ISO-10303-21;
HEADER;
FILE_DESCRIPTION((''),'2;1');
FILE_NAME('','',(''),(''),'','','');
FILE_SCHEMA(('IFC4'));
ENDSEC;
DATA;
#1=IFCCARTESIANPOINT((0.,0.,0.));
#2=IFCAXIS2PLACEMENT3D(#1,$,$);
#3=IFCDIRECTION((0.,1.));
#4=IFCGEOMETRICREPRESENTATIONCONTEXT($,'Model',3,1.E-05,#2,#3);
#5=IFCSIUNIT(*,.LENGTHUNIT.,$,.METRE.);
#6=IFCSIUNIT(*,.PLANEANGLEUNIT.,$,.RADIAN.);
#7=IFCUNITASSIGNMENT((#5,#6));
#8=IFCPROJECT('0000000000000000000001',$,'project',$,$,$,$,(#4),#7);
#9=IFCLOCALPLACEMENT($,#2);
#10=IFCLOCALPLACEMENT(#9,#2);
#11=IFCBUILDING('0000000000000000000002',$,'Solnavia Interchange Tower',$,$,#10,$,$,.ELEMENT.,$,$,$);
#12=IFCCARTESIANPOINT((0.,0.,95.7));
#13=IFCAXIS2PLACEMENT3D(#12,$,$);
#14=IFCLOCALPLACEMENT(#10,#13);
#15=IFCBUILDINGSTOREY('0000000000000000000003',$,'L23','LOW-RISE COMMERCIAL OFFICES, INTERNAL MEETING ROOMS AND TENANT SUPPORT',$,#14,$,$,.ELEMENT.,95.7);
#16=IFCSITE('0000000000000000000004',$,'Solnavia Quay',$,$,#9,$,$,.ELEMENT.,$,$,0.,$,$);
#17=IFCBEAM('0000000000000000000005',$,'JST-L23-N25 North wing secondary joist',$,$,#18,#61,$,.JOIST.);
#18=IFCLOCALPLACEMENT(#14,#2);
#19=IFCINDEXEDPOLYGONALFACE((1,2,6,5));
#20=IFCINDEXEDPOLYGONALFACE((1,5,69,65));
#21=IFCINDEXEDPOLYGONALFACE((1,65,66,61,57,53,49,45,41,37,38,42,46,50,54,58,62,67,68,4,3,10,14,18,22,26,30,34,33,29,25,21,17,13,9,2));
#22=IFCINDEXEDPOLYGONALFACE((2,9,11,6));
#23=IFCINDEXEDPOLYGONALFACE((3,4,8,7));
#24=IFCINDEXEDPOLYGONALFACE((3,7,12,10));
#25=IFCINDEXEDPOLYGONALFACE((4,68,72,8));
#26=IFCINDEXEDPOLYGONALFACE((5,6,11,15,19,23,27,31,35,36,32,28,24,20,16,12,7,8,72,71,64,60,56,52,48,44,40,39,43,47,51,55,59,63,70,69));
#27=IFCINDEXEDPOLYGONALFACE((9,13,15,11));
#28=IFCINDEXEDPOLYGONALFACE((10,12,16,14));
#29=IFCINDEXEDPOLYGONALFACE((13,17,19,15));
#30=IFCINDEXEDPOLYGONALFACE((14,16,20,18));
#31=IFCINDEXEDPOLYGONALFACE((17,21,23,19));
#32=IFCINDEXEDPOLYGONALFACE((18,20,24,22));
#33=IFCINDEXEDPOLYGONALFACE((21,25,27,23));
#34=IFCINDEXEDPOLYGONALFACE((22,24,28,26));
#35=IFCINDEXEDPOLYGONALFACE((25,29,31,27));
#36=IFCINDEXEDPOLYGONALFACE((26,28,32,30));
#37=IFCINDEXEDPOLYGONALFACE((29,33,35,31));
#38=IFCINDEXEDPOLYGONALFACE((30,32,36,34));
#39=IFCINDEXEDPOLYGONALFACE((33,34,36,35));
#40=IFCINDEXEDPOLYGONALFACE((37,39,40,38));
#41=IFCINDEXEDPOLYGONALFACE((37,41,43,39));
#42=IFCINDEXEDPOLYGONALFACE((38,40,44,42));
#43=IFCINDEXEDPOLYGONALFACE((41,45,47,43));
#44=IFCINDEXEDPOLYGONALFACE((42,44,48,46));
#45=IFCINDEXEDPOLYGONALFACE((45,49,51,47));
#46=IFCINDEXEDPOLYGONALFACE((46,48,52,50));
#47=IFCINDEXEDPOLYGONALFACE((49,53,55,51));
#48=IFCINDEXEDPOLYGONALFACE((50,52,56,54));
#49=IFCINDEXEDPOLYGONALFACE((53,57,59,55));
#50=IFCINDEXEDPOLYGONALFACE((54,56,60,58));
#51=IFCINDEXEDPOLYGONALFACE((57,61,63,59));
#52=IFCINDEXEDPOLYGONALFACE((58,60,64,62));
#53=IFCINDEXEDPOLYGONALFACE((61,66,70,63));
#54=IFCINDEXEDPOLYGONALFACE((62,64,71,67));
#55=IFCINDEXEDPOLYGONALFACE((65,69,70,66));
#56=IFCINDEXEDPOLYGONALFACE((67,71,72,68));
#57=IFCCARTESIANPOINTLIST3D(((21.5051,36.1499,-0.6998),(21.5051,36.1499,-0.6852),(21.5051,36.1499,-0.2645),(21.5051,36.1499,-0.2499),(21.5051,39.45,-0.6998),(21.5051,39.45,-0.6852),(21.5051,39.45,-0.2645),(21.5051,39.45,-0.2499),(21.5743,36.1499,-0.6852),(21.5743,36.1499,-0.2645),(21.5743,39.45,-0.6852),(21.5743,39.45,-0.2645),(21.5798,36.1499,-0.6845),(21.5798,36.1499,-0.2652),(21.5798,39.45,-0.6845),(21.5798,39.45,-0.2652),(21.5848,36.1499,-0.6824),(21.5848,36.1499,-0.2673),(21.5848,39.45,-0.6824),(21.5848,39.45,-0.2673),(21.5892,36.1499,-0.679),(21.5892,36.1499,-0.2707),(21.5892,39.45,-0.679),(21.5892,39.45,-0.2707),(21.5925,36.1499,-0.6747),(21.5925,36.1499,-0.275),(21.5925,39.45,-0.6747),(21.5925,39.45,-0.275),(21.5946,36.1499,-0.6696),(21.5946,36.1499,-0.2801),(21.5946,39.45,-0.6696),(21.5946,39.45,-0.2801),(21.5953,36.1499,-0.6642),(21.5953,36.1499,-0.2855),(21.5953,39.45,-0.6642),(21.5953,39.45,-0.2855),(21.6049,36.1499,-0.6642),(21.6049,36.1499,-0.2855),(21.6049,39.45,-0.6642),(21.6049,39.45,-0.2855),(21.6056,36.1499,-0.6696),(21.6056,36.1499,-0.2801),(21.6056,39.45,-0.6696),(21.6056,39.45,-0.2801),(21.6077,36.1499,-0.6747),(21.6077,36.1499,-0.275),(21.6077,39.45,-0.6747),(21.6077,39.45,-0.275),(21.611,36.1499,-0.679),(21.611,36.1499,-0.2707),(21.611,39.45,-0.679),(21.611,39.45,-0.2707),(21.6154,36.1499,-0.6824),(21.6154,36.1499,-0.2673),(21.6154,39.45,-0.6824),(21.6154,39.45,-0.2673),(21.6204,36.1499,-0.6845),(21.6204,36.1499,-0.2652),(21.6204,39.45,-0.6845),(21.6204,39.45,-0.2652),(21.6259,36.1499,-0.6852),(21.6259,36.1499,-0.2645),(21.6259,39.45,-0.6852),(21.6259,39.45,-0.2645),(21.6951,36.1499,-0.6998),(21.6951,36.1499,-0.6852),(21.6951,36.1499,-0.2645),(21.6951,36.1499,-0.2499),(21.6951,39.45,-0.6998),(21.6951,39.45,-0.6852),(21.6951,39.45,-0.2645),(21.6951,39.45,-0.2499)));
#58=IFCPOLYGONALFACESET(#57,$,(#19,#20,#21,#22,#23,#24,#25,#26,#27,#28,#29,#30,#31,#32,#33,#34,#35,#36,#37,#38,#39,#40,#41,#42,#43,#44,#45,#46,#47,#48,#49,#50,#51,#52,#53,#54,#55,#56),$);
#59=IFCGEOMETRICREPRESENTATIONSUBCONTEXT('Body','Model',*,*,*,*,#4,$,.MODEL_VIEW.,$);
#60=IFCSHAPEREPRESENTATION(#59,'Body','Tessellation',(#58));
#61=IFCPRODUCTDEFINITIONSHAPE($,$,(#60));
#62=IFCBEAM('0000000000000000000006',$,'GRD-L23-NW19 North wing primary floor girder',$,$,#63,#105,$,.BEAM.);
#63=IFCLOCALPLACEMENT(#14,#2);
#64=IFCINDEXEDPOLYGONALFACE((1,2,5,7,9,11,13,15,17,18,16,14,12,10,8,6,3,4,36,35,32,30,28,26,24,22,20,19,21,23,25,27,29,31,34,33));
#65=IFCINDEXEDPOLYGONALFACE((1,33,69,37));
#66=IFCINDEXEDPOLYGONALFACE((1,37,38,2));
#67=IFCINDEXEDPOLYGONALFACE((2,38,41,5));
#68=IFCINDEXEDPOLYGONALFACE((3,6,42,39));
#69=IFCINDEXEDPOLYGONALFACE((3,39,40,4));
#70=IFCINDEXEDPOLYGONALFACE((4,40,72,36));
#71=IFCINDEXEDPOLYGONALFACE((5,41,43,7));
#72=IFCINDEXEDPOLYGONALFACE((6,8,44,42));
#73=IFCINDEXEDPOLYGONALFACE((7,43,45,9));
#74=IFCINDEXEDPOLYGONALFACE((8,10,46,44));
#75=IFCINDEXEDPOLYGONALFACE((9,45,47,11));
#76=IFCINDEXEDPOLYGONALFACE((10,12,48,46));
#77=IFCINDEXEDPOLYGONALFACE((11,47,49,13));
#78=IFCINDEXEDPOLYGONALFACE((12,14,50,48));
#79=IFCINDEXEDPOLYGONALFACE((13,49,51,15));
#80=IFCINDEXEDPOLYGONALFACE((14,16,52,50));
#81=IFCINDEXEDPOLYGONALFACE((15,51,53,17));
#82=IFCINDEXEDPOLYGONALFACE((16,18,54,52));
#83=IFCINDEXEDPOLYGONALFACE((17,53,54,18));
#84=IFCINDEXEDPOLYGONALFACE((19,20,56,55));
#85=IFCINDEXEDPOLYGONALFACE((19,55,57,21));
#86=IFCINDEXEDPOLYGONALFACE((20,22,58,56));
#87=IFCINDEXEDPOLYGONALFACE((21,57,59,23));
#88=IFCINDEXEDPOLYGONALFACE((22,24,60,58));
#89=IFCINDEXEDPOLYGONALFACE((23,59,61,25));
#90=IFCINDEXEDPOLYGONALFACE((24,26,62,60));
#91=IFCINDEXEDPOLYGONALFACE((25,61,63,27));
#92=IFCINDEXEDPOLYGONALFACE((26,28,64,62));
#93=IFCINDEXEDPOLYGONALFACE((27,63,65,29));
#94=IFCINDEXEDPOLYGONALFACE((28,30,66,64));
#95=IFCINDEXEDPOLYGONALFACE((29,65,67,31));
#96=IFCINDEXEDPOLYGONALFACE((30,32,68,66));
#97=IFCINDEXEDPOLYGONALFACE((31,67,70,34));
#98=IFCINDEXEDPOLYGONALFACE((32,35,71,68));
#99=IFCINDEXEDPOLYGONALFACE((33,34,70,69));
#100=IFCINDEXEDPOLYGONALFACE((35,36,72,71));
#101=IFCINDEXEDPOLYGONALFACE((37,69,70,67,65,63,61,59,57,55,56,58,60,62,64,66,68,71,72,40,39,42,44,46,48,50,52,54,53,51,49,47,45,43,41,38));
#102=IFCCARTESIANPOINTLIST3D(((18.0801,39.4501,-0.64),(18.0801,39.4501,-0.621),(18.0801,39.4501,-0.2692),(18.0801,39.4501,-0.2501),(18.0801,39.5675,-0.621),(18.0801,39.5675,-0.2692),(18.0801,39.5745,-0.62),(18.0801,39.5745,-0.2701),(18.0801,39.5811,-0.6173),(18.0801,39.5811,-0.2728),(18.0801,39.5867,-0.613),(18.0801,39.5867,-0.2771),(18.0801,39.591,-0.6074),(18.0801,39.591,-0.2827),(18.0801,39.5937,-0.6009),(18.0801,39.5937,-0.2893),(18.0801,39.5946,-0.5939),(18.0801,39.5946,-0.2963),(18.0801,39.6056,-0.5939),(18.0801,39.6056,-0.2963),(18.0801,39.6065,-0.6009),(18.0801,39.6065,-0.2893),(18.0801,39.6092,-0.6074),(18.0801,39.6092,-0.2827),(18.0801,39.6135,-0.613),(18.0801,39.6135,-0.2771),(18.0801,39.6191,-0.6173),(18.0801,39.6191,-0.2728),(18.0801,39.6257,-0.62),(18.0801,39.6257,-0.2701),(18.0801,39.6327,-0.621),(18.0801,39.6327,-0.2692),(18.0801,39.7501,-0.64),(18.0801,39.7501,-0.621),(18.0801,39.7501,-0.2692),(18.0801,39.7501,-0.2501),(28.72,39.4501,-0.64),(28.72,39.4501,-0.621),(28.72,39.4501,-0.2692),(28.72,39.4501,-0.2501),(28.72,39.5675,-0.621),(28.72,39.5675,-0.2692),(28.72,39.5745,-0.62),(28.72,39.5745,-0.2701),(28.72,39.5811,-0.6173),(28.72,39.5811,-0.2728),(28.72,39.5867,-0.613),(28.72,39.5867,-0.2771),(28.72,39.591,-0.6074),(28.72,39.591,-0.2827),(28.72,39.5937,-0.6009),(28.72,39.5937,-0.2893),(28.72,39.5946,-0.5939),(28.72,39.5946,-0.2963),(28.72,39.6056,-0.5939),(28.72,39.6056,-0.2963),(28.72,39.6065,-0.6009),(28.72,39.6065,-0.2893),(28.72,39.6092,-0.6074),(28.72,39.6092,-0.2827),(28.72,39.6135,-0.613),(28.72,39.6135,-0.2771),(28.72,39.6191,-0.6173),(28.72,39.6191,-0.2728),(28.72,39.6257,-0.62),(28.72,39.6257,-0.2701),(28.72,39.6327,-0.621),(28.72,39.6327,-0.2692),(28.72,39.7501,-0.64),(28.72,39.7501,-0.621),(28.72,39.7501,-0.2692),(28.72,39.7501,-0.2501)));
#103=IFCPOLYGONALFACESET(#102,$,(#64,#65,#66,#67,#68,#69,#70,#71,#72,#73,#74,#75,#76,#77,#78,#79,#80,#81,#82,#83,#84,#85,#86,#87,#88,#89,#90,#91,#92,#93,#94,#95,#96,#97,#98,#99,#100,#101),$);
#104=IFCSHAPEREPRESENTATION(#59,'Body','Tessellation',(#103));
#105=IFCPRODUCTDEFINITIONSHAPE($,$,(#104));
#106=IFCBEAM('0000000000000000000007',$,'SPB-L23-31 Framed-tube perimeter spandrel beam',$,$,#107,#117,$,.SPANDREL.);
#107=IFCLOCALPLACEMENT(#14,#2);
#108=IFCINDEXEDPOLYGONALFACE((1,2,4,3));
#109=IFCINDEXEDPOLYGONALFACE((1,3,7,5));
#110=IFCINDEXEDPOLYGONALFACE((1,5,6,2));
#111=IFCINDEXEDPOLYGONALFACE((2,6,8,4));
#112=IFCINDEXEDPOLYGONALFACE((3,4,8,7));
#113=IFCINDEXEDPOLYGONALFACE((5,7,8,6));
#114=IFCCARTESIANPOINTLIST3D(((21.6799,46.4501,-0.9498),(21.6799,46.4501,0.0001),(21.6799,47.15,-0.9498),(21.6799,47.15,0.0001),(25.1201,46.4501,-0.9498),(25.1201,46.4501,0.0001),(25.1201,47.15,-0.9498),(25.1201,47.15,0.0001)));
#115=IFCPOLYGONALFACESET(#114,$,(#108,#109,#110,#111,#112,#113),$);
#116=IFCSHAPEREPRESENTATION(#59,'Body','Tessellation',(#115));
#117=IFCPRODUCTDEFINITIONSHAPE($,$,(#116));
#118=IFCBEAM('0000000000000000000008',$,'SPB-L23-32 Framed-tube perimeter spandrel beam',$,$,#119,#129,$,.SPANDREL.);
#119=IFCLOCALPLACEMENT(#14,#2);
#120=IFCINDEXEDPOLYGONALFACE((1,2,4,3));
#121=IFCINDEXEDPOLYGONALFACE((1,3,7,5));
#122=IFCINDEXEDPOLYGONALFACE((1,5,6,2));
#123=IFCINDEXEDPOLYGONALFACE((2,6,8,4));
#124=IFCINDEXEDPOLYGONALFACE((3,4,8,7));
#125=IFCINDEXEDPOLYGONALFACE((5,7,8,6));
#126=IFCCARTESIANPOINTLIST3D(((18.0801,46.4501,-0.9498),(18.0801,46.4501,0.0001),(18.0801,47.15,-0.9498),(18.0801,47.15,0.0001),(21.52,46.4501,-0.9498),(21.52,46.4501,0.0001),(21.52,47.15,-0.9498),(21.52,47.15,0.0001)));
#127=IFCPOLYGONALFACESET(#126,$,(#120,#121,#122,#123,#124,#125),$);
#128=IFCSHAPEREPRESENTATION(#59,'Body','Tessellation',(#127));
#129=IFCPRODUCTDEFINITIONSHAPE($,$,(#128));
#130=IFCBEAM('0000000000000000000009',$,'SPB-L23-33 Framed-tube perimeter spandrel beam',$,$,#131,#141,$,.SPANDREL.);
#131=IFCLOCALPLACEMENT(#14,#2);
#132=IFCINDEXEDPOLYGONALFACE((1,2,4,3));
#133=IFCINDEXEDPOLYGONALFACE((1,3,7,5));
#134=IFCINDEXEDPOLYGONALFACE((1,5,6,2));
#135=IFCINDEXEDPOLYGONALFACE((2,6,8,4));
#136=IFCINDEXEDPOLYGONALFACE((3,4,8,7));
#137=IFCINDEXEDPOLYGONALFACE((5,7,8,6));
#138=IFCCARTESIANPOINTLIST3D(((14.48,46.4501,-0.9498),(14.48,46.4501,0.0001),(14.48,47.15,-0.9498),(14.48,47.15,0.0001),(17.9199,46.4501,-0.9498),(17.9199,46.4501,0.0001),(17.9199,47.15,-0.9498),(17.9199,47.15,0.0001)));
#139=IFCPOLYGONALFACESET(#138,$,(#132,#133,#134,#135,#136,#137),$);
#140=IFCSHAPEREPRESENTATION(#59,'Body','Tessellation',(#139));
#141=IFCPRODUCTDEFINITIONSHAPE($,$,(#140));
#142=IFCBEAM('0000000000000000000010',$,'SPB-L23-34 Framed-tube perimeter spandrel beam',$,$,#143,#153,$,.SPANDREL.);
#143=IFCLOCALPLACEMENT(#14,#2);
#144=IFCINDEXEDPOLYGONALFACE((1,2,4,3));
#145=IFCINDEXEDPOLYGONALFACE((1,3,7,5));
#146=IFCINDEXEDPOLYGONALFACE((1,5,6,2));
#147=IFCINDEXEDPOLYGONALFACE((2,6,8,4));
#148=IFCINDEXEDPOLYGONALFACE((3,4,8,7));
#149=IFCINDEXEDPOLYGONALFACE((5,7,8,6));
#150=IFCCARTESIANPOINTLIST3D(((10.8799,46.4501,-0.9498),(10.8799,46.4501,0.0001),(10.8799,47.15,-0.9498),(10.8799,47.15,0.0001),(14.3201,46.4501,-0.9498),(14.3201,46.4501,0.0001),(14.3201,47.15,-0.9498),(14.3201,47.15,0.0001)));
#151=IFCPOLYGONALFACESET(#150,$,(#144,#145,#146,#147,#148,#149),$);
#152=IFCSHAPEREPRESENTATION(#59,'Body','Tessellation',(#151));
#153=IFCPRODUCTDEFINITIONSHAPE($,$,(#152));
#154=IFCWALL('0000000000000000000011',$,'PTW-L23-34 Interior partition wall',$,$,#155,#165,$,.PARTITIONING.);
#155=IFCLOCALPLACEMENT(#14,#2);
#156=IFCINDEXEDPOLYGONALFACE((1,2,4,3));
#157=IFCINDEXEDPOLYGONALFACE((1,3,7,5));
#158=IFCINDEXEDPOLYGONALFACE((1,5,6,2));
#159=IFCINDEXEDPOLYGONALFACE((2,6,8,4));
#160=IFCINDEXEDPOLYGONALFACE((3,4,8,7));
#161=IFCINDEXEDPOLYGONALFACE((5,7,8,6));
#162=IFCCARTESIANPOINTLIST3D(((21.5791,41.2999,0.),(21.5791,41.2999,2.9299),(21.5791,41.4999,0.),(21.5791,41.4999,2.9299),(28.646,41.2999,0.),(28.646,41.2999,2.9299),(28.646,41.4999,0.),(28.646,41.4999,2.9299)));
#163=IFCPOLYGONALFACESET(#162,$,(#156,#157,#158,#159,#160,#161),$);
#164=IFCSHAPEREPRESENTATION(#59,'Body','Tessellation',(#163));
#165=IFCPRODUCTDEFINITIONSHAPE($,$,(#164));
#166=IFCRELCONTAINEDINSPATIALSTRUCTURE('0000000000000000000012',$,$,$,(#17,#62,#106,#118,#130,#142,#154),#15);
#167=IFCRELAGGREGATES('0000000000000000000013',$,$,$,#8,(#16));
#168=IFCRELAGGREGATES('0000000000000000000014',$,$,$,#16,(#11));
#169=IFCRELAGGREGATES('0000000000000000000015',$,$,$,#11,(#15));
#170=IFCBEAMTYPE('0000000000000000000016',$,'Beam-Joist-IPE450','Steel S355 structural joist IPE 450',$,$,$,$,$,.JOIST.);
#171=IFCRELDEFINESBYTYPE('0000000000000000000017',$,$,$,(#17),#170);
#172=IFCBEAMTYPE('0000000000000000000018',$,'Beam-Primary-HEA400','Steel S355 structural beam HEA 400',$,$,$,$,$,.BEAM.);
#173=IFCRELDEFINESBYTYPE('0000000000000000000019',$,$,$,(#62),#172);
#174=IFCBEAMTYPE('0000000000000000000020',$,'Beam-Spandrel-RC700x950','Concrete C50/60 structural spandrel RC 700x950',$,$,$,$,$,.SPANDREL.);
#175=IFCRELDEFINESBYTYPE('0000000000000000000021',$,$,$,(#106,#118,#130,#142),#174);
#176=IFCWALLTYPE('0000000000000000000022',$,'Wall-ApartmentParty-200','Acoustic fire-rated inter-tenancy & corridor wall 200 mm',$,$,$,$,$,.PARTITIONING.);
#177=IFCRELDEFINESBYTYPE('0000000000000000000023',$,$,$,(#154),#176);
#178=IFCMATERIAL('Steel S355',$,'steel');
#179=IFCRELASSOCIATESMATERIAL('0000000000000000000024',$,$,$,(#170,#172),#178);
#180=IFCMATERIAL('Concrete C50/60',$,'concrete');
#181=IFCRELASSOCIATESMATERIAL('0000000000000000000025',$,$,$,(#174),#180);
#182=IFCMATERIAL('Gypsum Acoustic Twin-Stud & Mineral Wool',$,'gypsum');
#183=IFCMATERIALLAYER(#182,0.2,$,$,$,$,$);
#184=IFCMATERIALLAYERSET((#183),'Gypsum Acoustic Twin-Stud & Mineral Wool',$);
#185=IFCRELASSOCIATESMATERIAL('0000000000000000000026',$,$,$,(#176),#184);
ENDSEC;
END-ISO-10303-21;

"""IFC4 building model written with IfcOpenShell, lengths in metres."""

from ifc_helpers import new_model, si_unit, direction, frame, frame_2d, origin, origin_2d, place, context, subcontext, project, spatial, rectangle, i_section, extrude, material, layer, layer_set, material_profile, profile_set, type_object, element, save


model = new_model("IFC4")

# Units and contexts
model_context = context("Model", 3, precision=1e-05, world=origin(), true_north=direction((0.0, 1.0)))
body_context = subcontext(model_context, "Body", "Model", "MODEL_VIEW")
ifc_project = project(units=[si_unit("LENGTHUNIT", "METRE"), si_unit("PLANEANGLEUNIT", "RADIAN")], contexts=[model_context])

# Site, building, storey
site_placement = place(None, origin())
site = spatial("IfcSite", under=ifc_project, at=site_placement, Name="Solnavia Quay", CompositionType="ELEMENT", RefElevation=0.0)
building_placement = place(site_placement, origin())
building = spatial("IfcBuilding", under=site, at=building_placement, Name="Solnavia Interchange Tower", CompositionType="ELEMENT")
storey_placement = place(building_placement, frame((0.0, 0.0, 95.7)))
storey = spatial("IfcBuildingStorey", under=building, at=storey_placement, Name="L23", Description="LOW-RISE COMMERCIAL OFFICES, INTERNAL MEETING ROOMS AND TENANT SUPPORT", CompositionType="ELEMENT", Elevation=95.7)

# Shared definitions
ifc_material_1 = material(Name="Concrete C50/60", Category="concrete")
ifc_material_2 = material(Name="Steel S355", Category="steel")

# Beams
ifc_material_profile_1 = material_profile(ifc_material_2, i_section(OverallWidth=0.1899, OverallDepth=0.45, WebThickness=0.0095, FlangeThickness=0.0146, FilletRadius=0.021, at=origin_2d()), Name="IPE 450")
ifc_profile_set_1 = profile_set([ifc_material_profile_1], Name="Steel S355")
beam_type_1 = type_object("IfcBeamType", Name="Beam-Joist-IPE450", Description="Steel S355 structural joist IPE 450", PredefinedType="JOIST", material=ifc_profile_set_1)
for number, where, z_axis, x_axis, name in (
    (1, (21.6001, 36.1499, -0.4749), (0.0, 1.0, 0.0), (-1.0, 0.0, 0.0), "JST-L23-N25 North wing secondary joist"),
):
    element("IfcBeam", number, at=place(storey_placement, frame(where, z_axis=z_axis, x_axis=x_axis)), inside=storey, type_object=beam_type_1, Name=name, PredefinedType="JOIST", context=body_context, shape_type="SweptSolid", body=[
        extrude(i_section(OverallWidth=0.1899, OverallDepth=0.45, WebThickness=0.0095, FlangeThickness=0.0146, FilletRadius=0.021, at=origin_2d()), origin(), (0.0, 0.0, 1.0), 3.3),
    ])
ifc_material_profile_2 = material_profile(ifc_material_2, i_section(OverallWidth=0.3, OverallDepth=0.3899, WebThickness=0.011, FlangeThickness=0.019, FilletRadius=0.0271, at=origin_2d()), Name="HEA 400")
ifc_profile_set_2 = profile_set([ifc_material_profile_2], Name="Steel S355")
beam_type_2 = type_object("IfcBeamType", Name="Beam-Primary-HEA400", Description="Steel S355 structural beam HEA 400", PredefinedType="BEAM", material=ifc_profile_set_2)
beam_1_placement = place(storey_placement, frame((18.0801, 39.6001, -0.4451), z_axis=(1.0, 0.0, 0.0), x_axis=(0.0, 1.0, 0.0)))
element("IfcBeam", 2, at=beam_1_placement, inside=storey, type_object=beam_type_2, Name="GRD-L23-NW19 North wing primary floor girder", PredefinedType="BEAM", context=body_context, shape_type="SweptSolid", body=[
    extrude(i_section(OverallWidth=0.3, OverallDepth=0.3899, WebThickness=0.011, FlangeThickness=0.019, FilletRadius=0.0271, at=origin_2d()), origin(), (0.0, 0.0, 1.0), 10.6399),
])
ifc_material_profile_3 = material_profile(ifc_material_1, rectangle(XDim=0.7, YDim=0.95, at=origin_2d()), Name="RC 700x950")
ifc_profile_set_3 = profile_set([ifc_material_profile_3], Name="Concrete C50/60")
beam_type_3 = type_object("IfcBeamType", Name="Beam-Spandrel-RC700x950", Description="Concrete C50/60 structural spandrel RC 700x950", PredefinedType="SPANDREL", material=ifc_profile_set_3)
beam_2_placement = place(storey_placement, frame((25.1201, 46.8, -0.4749), z_axis=(-1.0, 0.0, 0.0), x_axis=(0.0, -1.0, 0.0)))
element("IfcBeam", 3, at=beam_2_placement, inside=storey, type_object=beam_type_3, Name="SPB-L23-31 Framed-tube perimeter spandrel beam", PredefinedType="SPANDREL", context=body_context, shape_type="SweptSolid", body=[
    extrude(rectangle(XDim=0.7, YDim=0.95, at=origin_2d()), origin(), (0.0, 0.0, 1.0), 3.4402),
])
for number, where, z_axis, x_axis, name in (
    (4, (21.52, 46.8, -0.4749), (-1.0, 0.0, 0.0), (0.0, -1.0, 0.0), "SPB-L23-32 Framed-tube perimeter spandrel beam"),
    (5, (17.9199, 46.8, -0.4749), (-1.0, 0.0, 0.0), (0.0, -1.0, 0.0), "SPB-L23-33 Framed-tube perimeter spandrel beam"),
):
    element("IfcBeam", number, at=place(storey_placement, frame(where, z_axis=z_axis, x_axis=x_axis)), inside=storey, type_object=beam_type_3, Name=name, PredefinedType="SPANDREL", context=body_context, shape_type="SweptSolid", body=[
        extrude(rectangle(XDim=0.7, YDim=0.95, at=origin_2d()), origin(), (0.0, 0.0, 1.0), 3.4399),
    ])
beam_3_placement = place(storey_placement, frame((14.3201, 46.8, -0.4749), z_axis=(-1.0, 0.0, 0.0), x_axis=(0.0, -1.0, 0.0)))
element("IfcBeam", 6, at=beam_3_placement, inside=storey, type_object=beam_type_3, Name="SPB-L23-34 Framed-tube perimeter spandrel beam", PredefinedType="SPANDREL", context=body_context, shape_type="SweptSolid", body=[
    extrude(rectangle(XDim=0.7, YDim=0.95, at=origin_2d()), origin(), (0.0, 0.0, 1.0), 3.4402),
])

# Wall
ifc_material_3 = material(Name="Gypsum Acoustic Twin-Stud & Mineral Wool", Category="gypsum")
ifc_layer_1 = layer(ifc_material_3, 0.2)
ifc_layer_set_1 = layer_set([ifc_layer_1], Name="Gypsum Acoustic Twin-Stud & Mineral Wool")
wall_type_1 = type_object("IfcWallType", Name="Wall-ApartmentParty-200", Description="Acoustic fire-rated inter-tenancy & corridor wall 200 mm", PredefinedType="PARTITIONING", material=ifc_layer_set_1)
wall_1_placement = place(storey_placement, frame((21.5791, 41.3999, 0.0), z_axis=(0.0, 0.0, 1.0), x_axis=(1.0, 0.0, 0.0)))
element("IfcWall", 7, at=wall_1_placement, inside=storey, type_object=wall_type_1, Name="PTW-L23-34 Interior partition wall", PredefinedType="PARTITIONING", context=body_context, shape_type="SweptSolid", body=[
    extrude(rectangle(XDim=7.0669, YDim=0.2, at=frame_2d((3.5334, 0.0))), origin(), (0.0, 0.0, 1.0), 2.9299),
])

save(model, "model.ifc")
